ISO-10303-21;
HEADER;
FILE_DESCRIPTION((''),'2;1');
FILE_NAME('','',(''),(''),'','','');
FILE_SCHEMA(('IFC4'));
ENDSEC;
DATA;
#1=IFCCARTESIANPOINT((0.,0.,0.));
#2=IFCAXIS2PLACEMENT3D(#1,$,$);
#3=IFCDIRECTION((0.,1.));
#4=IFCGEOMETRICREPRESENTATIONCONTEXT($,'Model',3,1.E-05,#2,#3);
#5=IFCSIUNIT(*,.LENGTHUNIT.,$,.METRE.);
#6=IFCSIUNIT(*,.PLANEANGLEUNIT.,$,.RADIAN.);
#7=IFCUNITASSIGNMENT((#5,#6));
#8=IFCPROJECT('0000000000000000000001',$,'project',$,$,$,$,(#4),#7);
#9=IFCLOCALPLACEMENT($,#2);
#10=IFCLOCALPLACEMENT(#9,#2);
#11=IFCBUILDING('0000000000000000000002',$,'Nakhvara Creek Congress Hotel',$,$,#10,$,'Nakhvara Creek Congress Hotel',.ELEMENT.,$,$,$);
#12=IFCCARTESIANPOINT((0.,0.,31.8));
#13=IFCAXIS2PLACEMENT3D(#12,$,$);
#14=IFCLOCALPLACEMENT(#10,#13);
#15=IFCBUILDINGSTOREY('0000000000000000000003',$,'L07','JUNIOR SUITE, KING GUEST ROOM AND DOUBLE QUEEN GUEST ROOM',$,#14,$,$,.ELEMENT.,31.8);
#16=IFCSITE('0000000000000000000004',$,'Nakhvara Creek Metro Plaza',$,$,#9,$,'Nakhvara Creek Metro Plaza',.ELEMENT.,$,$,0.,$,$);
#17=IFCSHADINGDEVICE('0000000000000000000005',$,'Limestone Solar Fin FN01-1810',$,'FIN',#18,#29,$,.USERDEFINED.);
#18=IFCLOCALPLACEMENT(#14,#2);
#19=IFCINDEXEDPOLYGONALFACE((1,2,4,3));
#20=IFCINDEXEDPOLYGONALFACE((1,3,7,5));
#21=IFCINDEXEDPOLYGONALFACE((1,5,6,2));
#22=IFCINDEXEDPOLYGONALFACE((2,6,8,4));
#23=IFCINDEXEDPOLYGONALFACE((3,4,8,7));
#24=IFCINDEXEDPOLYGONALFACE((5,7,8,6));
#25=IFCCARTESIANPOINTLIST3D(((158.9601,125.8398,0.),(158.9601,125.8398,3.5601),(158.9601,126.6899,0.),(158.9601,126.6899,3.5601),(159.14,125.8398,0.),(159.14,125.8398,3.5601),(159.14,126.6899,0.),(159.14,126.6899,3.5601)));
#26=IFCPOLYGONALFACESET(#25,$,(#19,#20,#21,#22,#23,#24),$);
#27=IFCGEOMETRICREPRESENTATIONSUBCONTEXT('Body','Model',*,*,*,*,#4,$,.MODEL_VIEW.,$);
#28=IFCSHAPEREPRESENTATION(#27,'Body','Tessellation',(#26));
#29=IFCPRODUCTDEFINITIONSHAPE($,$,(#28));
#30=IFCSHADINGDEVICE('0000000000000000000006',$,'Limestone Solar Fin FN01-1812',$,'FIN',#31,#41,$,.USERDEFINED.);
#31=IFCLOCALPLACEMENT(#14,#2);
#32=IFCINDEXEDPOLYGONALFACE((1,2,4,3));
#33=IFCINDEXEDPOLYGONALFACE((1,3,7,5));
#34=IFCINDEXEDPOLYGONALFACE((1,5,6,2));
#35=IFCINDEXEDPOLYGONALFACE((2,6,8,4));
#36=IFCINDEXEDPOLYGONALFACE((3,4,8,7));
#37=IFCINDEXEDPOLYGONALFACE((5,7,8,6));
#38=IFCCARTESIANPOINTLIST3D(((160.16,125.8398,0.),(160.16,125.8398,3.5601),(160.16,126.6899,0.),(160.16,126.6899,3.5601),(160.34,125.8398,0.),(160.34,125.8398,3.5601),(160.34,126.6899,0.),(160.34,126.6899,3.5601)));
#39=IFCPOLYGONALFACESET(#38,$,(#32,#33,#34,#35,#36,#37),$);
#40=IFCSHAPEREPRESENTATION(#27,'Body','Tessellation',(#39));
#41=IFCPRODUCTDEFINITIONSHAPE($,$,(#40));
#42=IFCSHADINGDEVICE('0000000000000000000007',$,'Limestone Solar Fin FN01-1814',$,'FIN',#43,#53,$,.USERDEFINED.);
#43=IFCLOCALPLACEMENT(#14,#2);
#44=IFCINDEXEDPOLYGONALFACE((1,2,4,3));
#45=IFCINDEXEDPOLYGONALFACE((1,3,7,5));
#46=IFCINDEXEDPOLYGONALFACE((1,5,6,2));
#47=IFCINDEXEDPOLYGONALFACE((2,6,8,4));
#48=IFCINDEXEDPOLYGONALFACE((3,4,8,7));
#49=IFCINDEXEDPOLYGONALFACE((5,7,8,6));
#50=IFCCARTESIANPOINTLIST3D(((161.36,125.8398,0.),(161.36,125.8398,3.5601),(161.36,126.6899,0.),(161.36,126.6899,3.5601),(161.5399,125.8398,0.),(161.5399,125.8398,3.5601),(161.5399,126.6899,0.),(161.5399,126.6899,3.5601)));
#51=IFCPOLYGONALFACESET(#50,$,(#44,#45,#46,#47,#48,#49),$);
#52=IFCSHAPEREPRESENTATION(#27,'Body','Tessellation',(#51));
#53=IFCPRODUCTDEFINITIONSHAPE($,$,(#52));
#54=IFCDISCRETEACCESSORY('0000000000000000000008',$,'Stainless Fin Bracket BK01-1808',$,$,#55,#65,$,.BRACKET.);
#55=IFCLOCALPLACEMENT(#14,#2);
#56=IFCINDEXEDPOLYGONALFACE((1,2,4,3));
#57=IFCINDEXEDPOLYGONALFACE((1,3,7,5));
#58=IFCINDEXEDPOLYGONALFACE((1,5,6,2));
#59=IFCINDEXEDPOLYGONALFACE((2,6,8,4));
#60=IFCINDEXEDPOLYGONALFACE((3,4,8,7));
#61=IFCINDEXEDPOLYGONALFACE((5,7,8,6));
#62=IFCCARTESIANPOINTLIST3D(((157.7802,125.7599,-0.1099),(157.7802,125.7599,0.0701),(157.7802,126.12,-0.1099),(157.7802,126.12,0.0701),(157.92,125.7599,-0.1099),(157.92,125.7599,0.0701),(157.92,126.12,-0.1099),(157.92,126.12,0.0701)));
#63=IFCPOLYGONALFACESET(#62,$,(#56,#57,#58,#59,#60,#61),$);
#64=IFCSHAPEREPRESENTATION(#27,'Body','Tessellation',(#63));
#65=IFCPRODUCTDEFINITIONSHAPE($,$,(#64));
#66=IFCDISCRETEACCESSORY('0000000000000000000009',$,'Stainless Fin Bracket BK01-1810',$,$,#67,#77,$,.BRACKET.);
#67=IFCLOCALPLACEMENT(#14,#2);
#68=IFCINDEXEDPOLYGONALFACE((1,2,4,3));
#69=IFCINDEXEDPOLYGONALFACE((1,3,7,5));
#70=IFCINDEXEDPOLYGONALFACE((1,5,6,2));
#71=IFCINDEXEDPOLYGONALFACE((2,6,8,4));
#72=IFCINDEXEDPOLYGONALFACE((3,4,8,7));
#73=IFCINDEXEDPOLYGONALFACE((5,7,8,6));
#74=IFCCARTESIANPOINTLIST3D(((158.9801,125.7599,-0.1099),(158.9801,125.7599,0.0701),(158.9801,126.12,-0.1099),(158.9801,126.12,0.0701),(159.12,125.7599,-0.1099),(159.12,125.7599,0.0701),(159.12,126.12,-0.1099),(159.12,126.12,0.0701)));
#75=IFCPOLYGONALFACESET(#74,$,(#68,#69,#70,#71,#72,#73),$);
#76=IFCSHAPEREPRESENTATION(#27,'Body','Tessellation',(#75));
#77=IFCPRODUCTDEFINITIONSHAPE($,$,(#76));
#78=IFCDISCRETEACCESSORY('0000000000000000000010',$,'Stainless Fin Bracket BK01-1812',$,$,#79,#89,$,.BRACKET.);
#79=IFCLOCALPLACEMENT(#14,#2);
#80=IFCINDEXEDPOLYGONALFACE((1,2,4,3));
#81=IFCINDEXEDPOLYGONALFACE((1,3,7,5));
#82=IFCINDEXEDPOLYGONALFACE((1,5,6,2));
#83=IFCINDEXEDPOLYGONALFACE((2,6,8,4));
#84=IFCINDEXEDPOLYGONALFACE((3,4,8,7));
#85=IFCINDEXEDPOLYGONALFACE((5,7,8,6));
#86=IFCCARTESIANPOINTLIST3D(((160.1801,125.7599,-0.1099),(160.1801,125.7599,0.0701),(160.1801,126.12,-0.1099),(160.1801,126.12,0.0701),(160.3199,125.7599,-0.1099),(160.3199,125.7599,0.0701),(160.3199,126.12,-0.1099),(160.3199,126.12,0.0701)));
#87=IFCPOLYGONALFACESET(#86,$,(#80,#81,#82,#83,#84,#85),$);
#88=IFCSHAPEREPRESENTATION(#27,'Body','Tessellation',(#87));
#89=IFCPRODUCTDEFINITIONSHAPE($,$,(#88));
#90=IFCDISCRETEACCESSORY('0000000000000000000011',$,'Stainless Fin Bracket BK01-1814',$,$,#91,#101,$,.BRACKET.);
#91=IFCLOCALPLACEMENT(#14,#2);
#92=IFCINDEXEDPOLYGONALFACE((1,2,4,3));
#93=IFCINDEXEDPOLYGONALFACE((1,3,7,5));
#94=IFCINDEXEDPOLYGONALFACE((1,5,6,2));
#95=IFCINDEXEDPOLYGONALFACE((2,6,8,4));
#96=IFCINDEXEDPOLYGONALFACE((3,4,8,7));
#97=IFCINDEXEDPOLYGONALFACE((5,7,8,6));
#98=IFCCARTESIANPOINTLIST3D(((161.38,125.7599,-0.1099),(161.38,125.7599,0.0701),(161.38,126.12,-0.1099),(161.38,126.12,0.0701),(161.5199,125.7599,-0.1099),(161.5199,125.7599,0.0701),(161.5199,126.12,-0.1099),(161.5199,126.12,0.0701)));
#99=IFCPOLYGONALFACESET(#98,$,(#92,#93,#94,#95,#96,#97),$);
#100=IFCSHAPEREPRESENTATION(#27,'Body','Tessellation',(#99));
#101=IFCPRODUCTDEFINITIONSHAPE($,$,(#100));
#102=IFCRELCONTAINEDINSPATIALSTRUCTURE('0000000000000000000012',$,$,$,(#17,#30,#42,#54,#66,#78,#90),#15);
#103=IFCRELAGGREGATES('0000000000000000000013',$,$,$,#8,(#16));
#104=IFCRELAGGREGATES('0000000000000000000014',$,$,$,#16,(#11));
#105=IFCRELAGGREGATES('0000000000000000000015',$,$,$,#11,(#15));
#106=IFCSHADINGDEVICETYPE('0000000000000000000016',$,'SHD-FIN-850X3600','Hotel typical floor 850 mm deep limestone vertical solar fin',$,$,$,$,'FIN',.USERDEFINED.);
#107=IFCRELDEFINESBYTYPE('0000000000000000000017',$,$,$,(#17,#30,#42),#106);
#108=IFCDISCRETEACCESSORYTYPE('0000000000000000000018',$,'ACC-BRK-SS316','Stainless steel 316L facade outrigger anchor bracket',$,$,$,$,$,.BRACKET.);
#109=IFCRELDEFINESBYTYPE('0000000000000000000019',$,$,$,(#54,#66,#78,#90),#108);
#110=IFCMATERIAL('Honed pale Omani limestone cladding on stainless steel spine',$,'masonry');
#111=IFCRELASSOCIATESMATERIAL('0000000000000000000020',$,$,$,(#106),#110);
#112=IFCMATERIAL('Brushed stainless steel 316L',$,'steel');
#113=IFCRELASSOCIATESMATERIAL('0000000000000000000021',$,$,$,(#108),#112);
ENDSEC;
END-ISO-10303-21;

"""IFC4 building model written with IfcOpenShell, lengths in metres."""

from ifc_helpers import new_model, si_unit, direction, frame, origin, origin_2d, place, context, subcontext, project, spatial, rectangle, extrude, material, type_object, element, save


model = new_model("IFC4")

# Units and contexts
model_context = context("Model", 3, precision=1e-05, world=origin(), true_north=direction((0.0, 1.0)))
body_context = subcontext(model_context, "Body", "Model", "MODEL_VIEW")
ifc_project = project(units=[si_unit("LENGTHUNIT", "METRE"), si_unit("PLANEANGLEUNIT", "RADIAN")], contexts=[model_context])

# Site, building, storey
site_placement = place(None, origin())
site = spatial("IfcSite", under=ifc_project, at=site_placement, Name="Nakhvara Creek Metro Plaza", LongName="Nakhvara Creek Metro Plaza", CompositionType="ELEMENT", RefElevation=0.0)
building_placement = place(site_placement, origin())
building = spatial("IfcBuilding", under=site, at=building_placement, Name="Nakhvara Creek Congress Hotel", LongName="Nakhvara Creek Congress Hotel", CompositionType="ELEMENT")
storey_placement = place(building_placement, frame((0.0, 0.0, 31.8)))
storey = spatial("IfcBuildingStorey", under=building, at=storey_placement, Name="L07", Description="JUNIOR SUITE, KING GUEST ROOM AND DOUBLE QUEEN GUEST ROOM", CompositionType="ELEMENT", Elevation=31.8)

# Shading devices
ifc_material_1 = material(Name="Honed pale Omani limestone cladding on stainless steel spine", Category="masonry")
shading_device_type = type_object("IfcShadingDeviceType", Name="SHD-FIN-850X3600", Description="Hotel typical floor 850 mm deep limestone vertical solar fin", ElementType="FIN", PredefinedType="USERDEFINED", material=ifc_material_1)
for number, where, z_axis, x_axis, name in (
    (1, (159.05, 126.2649, 0.0), (0.0, 0.0, 1.0), (1.0, 0.0, 0.0), "Limestone Solar Fin FN01-1810"),
    (2, (160.25, 126.2649, 0.0), (0.0, 0.0, 1.0), (1.0, 0.0, 0.0), "Limestone Solar Fin FN01-1812"),
    (3, (161.45, 126.2649, 0.0), (0.0, 0.0, 1.0), (1.0, 0.0, 0.0), "Limestone Solar Fin FN01-1814"),
):
    element("IfcShadingDevice", number, at=place(storey_placement, frame(where, z_axis=z_axis, x_axis=x_axis)), inside=storey, type_object=shading_device_type, Name=name, ObjectType="FIN", PredefinedType="USERDEFINED", context=body_context, shape_type="SweptSolid", body=[
        extrude(rectangle(XDim=0.1799, YDim=0.8501, at=origin_2d()), origin(), (0.0, 0.0, 1.0), 3.5601),
    ])

# Discrete accessories
ifc_material_2 = material(Name="Brushed stainless steel 316L", Category="steel")
discrete_accessory_type = type_object("IfcDiscreteAccessoryType", Name="ACC-BRK-SS316", Description="Stainless steel 316L facade outrigger anchor bracket", PredefinedType="BRACKET", material=ifc_material_2)
for number, where, z_axis, x_axis, name in (
    (4, (157.8501, 125.9399, -0.1099), (0.0, 0.0, 1.0), (1.0, 0.0, 0.0), "Stainless Fin Bracket BK01-1808"),
    (5, (159.05, 125.9399, -0.1099), (0.0, 0.0, 1.0), (1.0, 0.0, 0.0), "Stainless Fin Bracket BK01-1810"),
    (6, (160.25, 125.9399, -0.1099), (0.0, 0.0, 1.0), (1.0, 0.0, 0.0), "Stainless Fin Bracket BK01-1812"),
    (7, (161.45, 125.9399, -0.1099), (0.0, 0.0, 1.0), (1.0, 0.0, 0.0), "Stainless Fin Bracket BK01-1814"),
):
    element("IfcDiscreteAccessory", number, at=place(storey_placement, frame(where, z_axis=z_axis, x_axis=x_axis)), inside=storey, type_object=discrete_accessory_type, Name=name, PredefinedType="BRACKET", context=body_context, shape_type="SweptSolid", body=[
        extrude(rectangle(XDim=0.1399, YDim=0.3601, at=origin_2d()), origin(), (0.0, 0.0, 1.0), 0.1799),
    ])

save(model, "model.ifc")
